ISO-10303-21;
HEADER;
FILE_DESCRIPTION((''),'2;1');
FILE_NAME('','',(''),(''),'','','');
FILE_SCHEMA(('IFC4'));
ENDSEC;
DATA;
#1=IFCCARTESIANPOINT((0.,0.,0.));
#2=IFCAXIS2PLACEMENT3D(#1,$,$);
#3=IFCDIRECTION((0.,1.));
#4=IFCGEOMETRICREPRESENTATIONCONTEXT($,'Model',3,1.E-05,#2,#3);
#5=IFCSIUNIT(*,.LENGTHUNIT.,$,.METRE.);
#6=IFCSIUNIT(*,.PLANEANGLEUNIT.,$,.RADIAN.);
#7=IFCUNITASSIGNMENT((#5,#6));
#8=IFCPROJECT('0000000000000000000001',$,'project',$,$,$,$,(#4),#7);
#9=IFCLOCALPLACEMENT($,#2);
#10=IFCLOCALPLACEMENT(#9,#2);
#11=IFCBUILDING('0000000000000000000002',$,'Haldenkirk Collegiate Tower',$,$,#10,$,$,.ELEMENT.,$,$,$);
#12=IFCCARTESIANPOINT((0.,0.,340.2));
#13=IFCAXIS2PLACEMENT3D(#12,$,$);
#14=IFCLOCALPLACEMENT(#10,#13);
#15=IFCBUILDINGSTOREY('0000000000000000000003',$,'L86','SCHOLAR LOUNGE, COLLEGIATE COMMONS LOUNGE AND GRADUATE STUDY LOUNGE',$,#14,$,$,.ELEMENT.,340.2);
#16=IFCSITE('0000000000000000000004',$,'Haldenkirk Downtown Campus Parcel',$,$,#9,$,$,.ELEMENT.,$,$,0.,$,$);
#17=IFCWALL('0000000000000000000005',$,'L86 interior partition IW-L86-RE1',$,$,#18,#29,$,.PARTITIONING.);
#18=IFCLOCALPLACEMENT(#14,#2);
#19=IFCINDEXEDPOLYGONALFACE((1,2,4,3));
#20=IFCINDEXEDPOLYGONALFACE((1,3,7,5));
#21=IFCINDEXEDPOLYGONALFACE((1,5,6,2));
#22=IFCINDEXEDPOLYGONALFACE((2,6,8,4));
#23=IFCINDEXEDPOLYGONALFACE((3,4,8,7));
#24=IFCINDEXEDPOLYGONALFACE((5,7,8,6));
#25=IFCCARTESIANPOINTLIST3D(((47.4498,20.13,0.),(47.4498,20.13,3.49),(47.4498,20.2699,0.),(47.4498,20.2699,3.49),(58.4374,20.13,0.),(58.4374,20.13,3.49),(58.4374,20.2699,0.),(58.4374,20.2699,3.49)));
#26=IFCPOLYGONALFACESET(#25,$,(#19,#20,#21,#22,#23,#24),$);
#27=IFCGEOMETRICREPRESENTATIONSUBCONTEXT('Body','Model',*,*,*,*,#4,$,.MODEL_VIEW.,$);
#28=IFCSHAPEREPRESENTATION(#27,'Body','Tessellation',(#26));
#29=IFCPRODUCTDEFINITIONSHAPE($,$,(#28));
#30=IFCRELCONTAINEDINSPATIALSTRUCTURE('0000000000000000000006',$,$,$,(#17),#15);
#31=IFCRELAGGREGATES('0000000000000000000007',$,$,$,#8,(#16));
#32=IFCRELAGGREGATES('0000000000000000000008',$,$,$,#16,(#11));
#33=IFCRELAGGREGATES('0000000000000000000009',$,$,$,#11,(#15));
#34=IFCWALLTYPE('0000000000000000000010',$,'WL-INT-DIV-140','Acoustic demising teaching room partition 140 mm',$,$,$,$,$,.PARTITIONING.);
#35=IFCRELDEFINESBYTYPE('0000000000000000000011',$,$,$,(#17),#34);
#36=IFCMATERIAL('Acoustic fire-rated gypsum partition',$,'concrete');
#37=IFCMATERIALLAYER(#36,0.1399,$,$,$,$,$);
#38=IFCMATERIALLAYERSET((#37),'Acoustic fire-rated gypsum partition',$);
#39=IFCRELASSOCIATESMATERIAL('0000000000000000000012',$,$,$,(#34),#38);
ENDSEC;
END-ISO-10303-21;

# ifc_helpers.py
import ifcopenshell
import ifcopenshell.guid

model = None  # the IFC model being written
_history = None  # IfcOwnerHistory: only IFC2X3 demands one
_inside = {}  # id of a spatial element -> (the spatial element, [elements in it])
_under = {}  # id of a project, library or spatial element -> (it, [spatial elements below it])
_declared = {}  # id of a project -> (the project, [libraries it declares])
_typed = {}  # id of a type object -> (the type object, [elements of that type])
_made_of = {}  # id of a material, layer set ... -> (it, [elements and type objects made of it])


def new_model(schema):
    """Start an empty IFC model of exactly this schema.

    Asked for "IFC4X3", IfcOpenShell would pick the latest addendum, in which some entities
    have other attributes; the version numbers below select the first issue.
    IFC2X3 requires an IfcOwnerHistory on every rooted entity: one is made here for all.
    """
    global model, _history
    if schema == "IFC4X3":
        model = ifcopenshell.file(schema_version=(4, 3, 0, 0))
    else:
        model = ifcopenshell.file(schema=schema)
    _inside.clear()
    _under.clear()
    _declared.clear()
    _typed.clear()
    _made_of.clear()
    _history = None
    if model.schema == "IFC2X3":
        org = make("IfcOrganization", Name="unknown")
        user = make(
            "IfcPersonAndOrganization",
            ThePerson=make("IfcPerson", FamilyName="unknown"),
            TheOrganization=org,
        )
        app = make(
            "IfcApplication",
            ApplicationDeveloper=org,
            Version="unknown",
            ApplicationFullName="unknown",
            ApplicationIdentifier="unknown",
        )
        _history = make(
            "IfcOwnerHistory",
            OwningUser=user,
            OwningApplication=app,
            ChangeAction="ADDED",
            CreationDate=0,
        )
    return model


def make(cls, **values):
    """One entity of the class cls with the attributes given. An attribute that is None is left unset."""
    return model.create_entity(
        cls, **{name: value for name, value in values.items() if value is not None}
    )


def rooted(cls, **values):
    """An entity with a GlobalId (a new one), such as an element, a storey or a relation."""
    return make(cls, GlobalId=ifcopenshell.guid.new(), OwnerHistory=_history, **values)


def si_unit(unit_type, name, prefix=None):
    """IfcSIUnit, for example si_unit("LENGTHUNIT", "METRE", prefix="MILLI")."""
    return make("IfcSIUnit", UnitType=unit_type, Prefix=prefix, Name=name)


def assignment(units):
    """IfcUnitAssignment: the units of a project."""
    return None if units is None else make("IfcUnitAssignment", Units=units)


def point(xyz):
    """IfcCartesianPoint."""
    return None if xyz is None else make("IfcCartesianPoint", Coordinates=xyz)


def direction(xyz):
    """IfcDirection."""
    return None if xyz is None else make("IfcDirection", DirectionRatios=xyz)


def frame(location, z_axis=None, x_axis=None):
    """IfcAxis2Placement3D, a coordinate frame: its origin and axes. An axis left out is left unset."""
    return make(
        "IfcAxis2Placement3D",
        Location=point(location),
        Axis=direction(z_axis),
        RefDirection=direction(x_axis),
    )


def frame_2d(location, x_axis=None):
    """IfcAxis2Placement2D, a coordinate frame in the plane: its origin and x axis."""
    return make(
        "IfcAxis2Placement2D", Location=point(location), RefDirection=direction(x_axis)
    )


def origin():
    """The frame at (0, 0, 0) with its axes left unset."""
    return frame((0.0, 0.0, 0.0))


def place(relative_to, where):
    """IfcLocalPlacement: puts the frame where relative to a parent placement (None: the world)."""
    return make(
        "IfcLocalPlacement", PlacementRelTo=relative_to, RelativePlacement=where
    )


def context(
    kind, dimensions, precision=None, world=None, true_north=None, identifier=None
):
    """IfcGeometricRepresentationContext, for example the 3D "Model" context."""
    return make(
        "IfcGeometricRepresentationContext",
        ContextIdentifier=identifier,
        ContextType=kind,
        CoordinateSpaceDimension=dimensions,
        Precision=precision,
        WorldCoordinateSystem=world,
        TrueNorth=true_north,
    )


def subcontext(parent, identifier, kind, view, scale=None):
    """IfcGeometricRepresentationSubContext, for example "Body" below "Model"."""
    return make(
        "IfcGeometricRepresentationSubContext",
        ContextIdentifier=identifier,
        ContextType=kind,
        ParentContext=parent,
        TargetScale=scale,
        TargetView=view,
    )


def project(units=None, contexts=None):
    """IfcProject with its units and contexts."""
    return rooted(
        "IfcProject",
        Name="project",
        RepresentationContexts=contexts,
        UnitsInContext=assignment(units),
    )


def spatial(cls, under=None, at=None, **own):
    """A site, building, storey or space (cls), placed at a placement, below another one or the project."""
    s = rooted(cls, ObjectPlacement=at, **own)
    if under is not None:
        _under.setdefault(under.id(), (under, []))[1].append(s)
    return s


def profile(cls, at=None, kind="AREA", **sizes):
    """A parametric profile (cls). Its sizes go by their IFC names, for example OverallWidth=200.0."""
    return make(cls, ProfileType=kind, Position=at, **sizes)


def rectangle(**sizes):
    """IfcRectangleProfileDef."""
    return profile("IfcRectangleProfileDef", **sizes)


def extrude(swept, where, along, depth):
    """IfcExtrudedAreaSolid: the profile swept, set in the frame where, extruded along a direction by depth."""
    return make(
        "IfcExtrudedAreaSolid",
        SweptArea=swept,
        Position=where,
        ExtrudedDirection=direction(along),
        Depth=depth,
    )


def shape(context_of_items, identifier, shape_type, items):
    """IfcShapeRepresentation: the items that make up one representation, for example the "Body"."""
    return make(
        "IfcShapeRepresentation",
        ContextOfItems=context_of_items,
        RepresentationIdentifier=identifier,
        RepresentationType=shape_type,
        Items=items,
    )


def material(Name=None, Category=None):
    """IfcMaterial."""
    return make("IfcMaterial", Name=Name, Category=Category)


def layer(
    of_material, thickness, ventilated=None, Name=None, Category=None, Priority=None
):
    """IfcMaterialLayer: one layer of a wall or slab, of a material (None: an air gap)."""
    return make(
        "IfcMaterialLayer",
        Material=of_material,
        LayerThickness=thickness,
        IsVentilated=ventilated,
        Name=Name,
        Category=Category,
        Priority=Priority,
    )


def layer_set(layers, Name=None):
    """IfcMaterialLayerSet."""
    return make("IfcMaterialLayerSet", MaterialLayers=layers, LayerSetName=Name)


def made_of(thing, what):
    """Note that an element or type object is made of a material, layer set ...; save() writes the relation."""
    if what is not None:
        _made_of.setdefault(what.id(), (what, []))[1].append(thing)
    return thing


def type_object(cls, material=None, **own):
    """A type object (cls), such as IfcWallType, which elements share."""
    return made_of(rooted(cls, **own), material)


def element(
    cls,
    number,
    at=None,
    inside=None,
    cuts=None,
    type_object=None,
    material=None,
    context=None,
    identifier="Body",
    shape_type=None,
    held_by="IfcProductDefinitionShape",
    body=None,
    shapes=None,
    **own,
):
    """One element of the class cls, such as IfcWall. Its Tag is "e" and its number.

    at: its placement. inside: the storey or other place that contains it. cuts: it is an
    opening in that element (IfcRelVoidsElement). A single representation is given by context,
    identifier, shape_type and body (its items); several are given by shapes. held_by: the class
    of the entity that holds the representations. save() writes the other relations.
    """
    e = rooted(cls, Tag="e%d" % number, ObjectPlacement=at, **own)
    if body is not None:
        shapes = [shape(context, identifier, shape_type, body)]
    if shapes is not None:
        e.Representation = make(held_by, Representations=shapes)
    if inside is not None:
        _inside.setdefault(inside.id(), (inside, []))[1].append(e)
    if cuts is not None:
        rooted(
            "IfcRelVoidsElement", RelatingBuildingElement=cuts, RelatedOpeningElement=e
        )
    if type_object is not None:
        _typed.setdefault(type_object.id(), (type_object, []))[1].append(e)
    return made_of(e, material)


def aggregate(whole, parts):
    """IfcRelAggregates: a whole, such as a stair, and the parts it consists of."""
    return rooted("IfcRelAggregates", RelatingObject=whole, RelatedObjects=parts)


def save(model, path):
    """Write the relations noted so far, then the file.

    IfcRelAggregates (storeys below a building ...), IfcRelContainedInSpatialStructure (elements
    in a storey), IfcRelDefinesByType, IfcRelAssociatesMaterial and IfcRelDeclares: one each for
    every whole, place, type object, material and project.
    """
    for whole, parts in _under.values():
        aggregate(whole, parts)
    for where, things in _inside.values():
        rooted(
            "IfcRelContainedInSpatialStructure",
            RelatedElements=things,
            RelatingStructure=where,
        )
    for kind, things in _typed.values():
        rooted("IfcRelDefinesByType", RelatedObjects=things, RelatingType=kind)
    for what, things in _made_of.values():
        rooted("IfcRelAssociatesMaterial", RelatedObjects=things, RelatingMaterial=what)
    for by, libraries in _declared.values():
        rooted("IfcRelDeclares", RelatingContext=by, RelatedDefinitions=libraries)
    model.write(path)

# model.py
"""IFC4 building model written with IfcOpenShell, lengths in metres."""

from ifc_helpers import new_model, si_unit, direction, frame, frame_2d, origin, place, context, subcontext, project, spatial, rectangle, extrude, material, layer, layer_set, type_object, element, save


model = new_model("IFC4")

# Units and contexts
model_context = context("Model", 3, precision=1e-05, world=origin(), true_north=direction((0.0, 1.0)))
body_context = subcontext(model_context, "Body", "Model", "MODEL_VIEW")
ifc_project = project(units=[si_unit("LENGTHUNIT", "METRE"), si_unit("PLANEANGLEUNIT", "RADIAN")], contexts=[model_context])

# Site, building, storey
site_placement = place(None, origin())
site = spatial("IfcSite", under=ifc_project, at=site_placement, Name="Haldenkirk Downtown Campus Parcel", CompositionType="ELEMENT", RefElevation=0.0)
building_placement = place(site_placement, origin())
building = spatial("IfcBuilding", under=site, at=building_placement, Name="Haldenkirk Collegiate Tower", CompositionType="ELEMENT")
storey_placement = place(building_placement, frame((0.0, 0.0, 340.2)))
storey = spatial("IfcBuildingStorey", under=building, at=storey_placement, Name="L86", Description="SCHOLAR LOUNGE, COLLEGIATE COMMONS LOUNGE AND GRADUATE STUDY LOUNGE", CompositionType="ELEMENT", Elevation=340.2)

# Shared definitions
ifc_material_1 = material(Name="Acoustic fire-rated gypsum partition", Category="concrete")

# Shared definitions
ifc_layer_1 = layer(ifc_material_1, 0.1399)
ifc_layer_set_1 = layer_set([ifc_layer_1], Name="Acoustic fire-rated gypsum partition")
wall_type_1 = type_object("IfcWallType", Name="WL-INT-DIV-140", Description="Acoustic demising teaching room partition 140 mm", PredefinedType="PARTITIONING", material=ifc_layer_set_1)

# Wall
wall_1_placement = place(storey_placement, frame((47.45, 20.2, 0.0), z_axis=(0.0, 0.0, 1.0), x_axis=(1.0, 0.0, 0.0)))
element("IfcWall", 1, at=wall_1_placement, inside=storey, type_object=wall_type_1, Name="L86 interior partition IW-L86-RE1", PredefinedType="PARTITIONING", context=body_context, shape_type="SweptSolid", body=[
    extrude(rectangle(XDim=10.9875, YDim=0.1399, at=frame_2d((5.4937, 0.0))), origin(), (0.0, 0.0, 1.0), 3.49),
])

save(model, "model.ifc")
